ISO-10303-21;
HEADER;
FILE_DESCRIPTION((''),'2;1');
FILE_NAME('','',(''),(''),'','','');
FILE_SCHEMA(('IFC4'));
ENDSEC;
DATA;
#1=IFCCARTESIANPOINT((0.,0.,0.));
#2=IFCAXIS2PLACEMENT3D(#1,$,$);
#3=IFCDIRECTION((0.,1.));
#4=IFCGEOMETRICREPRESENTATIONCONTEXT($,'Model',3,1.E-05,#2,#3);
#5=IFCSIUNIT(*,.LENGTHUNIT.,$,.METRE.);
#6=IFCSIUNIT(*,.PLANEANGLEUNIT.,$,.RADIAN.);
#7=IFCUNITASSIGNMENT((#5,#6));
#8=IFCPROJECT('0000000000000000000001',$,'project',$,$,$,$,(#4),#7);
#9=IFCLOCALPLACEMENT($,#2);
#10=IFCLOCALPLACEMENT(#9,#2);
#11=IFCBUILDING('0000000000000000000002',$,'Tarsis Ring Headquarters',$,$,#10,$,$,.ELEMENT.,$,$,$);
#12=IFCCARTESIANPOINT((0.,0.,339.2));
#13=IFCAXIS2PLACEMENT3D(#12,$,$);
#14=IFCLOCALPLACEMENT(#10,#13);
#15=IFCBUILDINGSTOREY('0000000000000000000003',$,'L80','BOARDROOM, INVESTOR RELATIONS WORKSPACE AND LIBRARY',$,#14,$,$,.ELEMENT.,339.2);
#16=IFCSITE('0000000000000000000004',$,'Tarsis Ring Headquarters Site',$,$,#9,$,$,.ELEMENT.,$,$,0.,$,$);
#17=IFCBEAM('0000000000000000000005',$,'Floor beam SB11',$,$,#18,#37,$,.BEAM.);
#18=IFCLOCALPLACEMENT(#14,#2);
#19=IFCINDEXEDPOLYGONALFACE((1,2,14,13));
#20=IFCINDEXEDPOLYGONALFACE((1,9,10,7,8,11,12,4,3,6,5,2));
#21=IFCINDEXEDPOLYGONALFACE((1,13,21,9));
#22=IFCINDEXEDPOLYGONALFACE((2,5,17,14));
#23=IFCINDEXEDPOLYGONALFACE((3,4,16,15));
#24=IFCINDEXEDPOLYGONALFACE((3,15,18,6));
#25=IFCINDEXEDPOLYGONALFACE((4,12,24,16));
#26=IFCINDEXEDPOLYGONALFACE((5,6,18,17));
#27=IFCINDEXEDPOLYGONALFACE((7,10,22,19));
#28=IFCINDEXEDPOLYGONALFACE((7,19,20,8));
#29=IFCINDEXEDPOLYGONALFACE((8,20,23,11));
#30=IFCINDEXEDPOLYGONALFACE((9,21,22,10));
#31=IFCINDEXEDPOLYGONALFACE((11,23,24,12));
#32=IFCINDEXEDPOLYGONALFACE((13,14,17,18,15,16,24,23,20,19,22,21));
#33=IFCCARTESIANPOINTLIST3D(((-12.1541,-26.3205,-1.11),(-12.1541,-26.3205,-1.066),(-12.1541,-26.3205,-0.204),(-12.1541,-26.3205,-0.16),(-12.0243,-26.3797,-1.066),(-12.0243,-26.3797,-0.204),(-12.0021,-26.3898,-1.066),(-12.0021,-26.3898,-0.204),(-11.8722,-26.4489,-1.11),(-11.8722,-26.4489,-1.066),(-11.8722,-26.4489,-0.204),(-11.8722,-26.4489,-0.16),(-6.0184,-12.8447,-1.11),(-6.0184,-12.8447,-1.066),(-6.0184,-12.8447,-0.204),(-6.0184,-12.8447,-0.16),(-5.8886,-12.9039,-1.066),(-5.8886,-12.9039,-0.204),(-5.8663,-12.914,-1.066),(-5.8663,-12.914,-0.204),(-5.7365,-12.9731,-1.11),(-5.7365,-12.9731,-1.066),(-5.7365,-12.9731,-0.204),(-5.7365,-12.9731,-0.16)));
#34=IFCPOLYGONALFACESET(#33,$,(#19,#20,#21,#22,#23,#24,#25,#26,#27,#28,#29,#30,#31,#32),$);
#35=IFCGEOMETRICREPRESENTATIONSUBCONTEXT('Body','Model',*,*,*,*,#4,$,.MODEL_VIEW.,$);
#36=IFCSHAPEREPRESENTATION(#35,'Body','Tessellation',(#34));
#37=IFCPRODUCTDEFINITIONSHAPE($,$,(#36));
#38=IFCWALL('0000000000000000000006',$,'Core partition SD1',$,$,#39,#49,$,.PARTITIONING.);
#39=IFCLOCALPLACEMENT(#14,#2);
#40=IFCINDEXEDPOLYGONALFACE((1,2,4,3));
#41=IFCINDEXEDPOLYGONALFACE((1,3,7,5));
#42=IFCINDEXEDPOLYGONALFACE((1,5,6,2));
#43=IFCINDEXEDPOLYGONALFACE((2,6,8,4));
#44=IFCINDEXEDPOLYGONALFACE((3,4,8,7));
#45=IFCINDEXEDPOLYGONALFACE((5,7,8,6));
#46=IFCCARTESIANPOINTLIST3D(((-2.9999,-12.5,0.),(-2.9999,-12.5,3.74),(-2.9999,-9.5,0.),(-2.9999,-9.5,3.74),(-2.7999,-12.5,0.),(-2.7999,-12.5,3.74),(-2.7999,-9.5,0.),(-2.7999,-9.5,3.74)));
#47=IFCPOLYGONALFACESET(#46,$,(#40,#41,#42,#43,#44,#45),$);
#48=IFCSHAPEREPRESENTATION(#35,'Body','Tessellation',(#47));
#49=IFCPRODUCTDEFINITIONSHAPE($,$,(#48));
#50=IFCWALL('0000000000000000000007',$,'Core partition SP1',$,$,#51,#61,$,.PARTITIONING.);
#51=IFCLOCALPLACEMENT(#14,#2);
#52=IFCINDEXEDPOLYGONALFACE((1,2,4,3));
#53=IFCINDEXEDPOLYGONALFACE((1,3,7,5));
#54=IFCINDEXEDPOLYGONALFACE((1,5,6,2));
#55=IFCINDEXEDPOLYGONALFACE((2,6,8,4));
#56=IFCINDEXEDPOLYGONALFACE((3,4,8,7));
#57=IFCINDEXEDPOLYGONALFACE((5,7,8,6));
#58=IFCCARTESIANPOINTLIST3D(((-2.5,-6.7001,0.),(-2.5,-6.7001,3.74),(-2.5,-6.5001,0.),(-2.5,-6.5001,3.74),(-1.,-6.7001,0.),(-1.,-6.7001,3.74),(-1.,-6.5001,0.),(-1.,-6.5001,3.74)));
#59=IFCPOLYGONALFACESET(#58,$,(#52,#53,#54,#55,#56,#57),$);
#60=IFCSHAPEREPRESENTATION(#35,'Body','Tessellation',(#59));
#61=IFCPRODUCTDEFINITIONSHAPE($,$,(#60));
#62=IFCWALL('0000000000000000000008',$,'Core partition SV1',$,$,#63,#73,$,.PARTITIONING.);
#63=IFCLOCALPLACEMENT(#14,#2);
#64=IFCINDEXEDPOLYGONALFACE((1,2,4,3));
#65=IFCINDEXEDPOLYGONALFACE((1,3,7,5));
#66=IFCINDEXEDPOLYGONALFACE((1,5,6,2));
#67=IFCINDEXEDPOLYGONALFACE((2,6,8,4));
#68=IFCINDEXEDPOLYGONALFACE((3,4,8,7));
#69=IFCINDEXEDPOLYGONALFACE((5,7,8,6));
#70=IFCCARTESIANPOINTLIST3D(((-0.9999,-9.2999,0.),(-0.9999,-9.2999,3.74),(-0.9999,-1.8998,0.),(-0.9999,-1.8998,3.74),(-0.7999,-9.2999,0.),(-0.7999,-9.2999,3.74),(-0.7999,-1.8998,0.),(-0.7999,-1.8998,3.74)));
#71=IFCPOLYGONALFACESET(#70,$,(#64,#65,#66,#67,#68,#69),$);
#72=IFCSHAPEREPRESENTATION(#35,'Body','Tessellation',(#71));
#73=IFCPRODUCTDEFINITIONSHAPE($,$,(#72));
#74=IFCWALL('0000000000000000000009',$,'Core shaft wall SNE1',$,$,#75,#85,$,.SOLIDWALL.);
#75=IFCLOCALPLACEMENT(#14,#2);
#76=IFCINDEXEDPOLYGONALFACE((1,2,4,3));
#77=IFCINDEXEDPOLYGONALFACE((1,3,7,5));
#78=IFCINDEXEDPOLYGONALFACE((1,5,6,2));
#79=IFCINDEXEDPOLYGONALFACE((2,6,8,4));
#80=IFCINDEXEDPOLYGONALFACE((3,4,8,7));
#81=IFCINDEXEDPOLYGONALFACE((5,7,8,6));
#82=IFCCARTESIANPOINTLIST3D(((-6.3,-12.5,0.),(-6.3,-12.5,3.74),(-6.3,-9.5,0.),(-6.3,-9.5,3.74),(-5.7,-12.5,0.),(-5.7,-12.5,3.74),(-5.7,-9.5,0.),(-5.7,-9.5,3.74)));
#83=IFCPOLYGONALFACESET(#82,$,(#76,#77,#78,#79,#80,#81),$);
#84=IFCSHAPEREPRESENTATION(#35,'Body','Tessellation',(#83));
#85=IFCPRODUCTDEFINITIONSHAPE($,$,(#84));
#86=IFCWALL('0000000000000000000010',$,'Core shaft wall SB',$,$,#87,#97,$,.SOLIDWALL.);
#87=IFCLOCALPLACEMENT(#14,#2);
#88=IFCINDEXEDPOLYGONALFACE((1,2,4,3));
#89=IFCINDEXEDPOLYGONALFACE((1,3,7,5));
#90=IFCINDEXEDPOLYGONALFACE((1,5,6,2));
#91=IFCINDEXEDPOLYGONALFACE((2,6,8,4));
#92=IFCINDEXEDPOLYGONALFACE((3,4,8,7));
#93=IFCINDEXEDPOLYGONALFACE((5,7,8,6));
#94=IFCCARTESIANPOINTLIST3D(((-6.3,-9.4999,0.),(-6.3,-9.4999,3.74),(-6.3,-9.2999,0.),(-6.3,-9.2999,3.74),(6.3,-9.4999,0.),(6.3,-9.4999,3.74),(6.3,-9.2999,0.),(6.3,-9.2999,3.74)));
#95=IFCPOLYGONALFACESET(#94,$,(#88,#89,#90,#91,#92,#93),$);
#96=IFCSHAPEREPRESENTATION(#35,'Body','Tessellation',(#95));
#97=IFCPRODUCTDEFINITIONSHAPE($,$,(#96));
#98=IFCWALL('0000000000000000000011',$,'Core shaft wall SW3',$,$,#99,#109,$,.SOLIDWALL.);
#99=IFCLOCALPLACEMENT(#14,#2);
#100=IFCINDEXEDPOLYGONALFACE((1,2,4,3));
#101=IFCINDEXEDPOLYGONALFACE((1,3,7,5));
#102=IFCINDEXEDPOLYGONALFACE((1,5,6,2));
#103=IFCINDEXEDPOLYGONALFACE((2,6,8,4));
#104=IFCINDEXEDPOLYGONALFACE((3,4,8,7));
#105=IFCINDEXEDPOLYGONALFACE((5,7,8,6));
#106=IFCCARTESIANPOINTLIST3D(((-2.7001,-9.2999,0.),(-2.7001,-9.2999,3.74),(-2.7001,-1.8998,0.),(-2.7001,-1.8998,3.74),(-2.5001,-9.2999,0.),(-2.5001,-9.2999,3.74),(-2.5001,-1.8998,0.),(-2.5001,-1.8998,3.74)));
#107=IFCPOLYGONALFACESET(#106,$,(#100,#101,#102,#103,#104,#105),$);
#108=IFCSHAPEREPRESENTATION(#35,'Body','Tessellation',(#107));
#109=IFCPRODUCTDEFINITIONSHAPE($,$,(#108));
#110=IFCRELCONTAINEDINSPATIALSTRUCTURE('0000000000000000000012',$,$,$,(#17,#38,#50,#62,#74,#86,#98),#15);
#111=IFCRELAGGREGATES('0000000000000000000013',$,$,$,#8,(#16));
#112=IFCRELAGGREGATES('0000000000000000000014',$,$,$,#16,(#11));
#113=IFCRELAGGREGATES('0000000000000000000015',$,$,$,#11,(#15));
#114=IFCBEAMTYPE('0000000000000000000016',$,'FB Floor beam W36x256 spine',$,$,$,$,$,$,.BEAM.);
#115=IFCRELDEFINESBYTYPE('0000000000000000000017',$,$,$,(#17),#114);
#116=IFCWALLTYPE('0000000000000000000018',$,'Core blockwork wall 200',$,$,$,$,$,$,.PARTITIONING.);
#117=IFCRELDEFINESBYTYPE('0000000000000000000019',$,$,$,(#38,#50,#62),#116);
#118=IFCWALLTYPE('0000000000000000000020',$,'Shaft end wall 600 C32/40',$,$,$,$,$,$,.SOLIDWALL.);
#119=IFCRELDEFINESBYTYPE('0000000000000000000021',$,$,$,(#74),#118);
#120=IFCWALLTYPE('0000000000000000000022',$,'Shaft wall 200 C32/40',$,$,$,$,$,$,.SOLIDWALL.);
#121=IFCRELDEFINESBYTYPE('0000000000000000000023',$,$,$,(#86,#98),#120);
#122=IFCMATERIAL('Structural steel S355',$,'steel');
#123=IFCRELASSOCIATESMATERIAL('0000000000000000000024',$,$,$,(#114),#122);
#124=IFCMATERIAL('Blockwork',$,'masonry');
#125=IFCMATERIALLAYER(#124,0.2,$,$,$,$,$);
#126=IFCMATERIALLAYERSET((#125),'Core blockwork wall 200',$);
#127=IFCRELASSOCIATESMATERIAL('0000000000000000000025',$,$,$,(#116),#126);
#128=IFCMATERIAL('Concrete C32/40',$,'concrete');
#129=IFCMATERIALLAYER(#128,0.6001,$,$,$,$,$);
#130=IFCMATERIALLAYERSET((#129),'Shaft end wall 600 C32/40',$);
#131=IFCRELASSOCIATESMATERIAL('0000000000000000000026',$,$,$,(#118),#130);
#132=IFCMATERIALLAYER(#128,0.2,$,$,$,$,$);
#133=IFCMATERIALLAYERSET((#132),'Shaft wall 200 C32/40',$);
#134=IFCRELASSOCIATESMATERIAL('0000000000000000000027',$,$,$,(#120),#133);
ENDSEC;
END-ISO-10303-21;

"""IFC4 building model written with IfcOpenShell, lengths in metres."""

from ifc_helpers import new_model, si_unit, direction, frame, frame_2d, origin, origin_2d, place, context, subcontext, project, spatial, rectangle, i_section, extrude, material, layer, layer_set, material_profile, profile_set, type_object, element, save


model = new_model("IFC4")

# Units and contexts
model_context = context("Model", 3, precision=1e-05, world=origin(), true_north=direction((0.0, 1.0)))
body_context = subcontext(model_context, "Body", "Model", "MODEL_VIEW")
ifc_project = project(units=[si_unit("LENGTHUNIT", "METRE"), si_unit("PLANEANGLEUNIT", "RADIAN")], contexts=[model_context])

# Site, building, storey
site_placement = place(None, origin())
site = spatial("IfcSite", under=ifc_project, at=site_placement, Name="Tarsis Ring Headquarters Site", CompositionType="ELEMENT", RefElevation=0.0)
building_placement = place(site_placement, origin())
building = spatial("IfcBuilding", under=site, at=building_placement, Name="Tarsis Ring Headquarters", CompositionType="ELEMENT")
storey_placement = place(building_placement, frame((0.0, 0.0, 339.2)))
storey = spatial("IfcBuildingStorey", under=building, at=storey_placement, Name="L80", Description="BOARDROOM, INVESTOR RELATIONS WORKSPACE AND LIBRARY", CompositionType="ELEMENT", Elevation=339.2)

# Beam
ifc_material_1 = material(Name="Structural steel S355", Category="steel")
ifc_material_profile = material_profile(ifc_material_1, i_section(OverallWidth=0.3098, OverallDepth=0.95, WebThickness=0.0244, FlangeThickness=0.0439, at=origin_2d()), Name="W36x256")
ifc_profile_set = profile_set([ifc_material_profile], Name="Structural steel S355")
beam_type = type_object("IfcBeamType", Name="FB Floor beam W36x256 spine", PredefinedType="BEAM", material=ifc_profile_set)
beam_placement = place(storey_placement, frame((-5.8774, -12.9089, -0.635), z_axis=(-0.414383, -0.910103, 0.0), x_axis=(0.910103, -0.414383, 0.0)))
element("IfcBeam", 1, at=beam_placement, inside=storey, type_object=beam_type, Name="Floor beam SB11", PredefinedType="BEAM", context=body_context, shape_type="SweptSolid", body=[
    extrude(i_section(OverallWidth=0.3098, OverallDepth=0.95, WebThickness=0.0244, FlangeThickness=0.0439, at=origin_2d()), origin(), (0.0, 0.0, 1.0), 14.8069),
])

# Walls
ifc_material_2 = material(Name="Blockwork", Category="masonry")
ifc_layer_1 = layer(ifc_material_2, 0.2)
ifc_layer_set_1 = layer_set([ifc_layer_1], Name="Core blockwork wall 200")
wall_type_1 = type_object("IfcWallType", Name="Core blockwork wall 200", PredefinedType="PARTITIONING", material=ifc_layer_set_1)
wall_1_placement = place(storey_placement, frame((-2.8999, -12.5, 0.0), z_axis=(0.0, 0.0, 1.0), x_axis=(0.0, 1.0, 0.0)))
element("IfcWall", 2, at=wall_1_placement, inside=storey, type_object=wall_type_1, Name="Core partition SD1", PredefinedType="PARTITIONING", context=body_context, shape_type="SweptSolid", body=[
    extrude(rectangle(XDim=3.0, YDim=0.2, at=frame_2d((1.5, 0.0))), origin(), (0.0, 0.0, 1.0), 3.74),
])
wall_2_placement = place(storey_placement, frame((-2.5, -6.6001, 0.0), z_axis=(0.0, 0.0, 1.0), x_axis=(1.0, 0.0, 0.0)))
element("IfcWall", 3, at=wall_2_placement, inside=storey, type_object=wall_type_1, Name="Core partition SP1", PredefinedType="PARTITIONING", context=body_context, shape_type="SweptSolid", body=[
    extrude(rectangle(XDim=1.5, YDim=0.2, at=frame_2d((0.75, 0.0))), origin(), (0.0, 0.0, 1.0), 3.74),
])
wall_3_placement = place(storey_placement, frame((-0.8999, -9.3, 0.0), z_axis=(0.0, 0.0, 1.0), x_axis=(0.0, 1.0, 0.0)))
element("IfcWall", 4, at=wall_3_placement, inside=storey, type_object=wall_type_1, Name="Core partition SV1", PredefinedType="PARTITIONING", context=body_context, shape_type="SweptSolid", body=[
    extrude(rectangle(XDim=7.4001, YDim=0.2, at=frame_2d((3.7002, 0.0))), origin(), (0.0, 0.0, 1.0), 3.74),
])
ifc_material_3 = material(Name="Concrete C32/40", Category="concrete")
ifc_layer_2 = layer(ifc_material_3, 0.6001)
ifc_layer_set_2 = layer_set([ifc_layer_2], Name="Shaft end wall 600 C32/40")
wall_type_2 = type_object("IfcWallType", Name="Shaft end wall 600 C32/40", PredefinedType="SOLIDWALL", material=ifc_layer_set_2)
wall_4_placement = place(storey_placement, frame((-6.0, -12.5, 0.0), z_axis=(0.0, 0.0, 1.0), x_axis=(0.0, 1.0, 0.0)))
element("IfcWall", 5, at=wall_4_placement, inside=storey, type_object=wall_type_2, Name="Core shaft wall SNE1", PredefinedType="SOLIDWALL", context=body_context, shape_type="SweptSolid", body=[
    extrude(rectangle(XDim=3.0, YDim=0.6001, at=frame_2d((1.5, 0.0))), origin(), (0.0, 0.0, 1.0), 3.74),
])
ifc_layer_3 = layer(ifc_material_3, 0.2)
ifc_layer_set_3 = layer_set([ifc_layer_3], Name="Shaft wall 200 C32/40")
wall_type_3 = type_object("IfcWallType", Name="Shaft wall 200 C32/40", PredefinedType="SOLIDWALL", material=ifc_layer_set_3)
wall_5_placement = place(storey_placement, frame((-6.3, -9.3999, 0.0), z_axis=(0.0, 0.0, 1.0), x_axis=(1.0, 0.0, 0.0)))
element("IfcWall", 6, at=wall_5_placement, inside=storey, type_object=wall_type_3, Name="Core shaft wall SB", PredefinedType="SOLIDWALL", context=body_context, shape_type="SweptSolid", body=[
    extrude(rectangle(XDim=12.6001, YDim=0.2, at=frame_2d((6.3, 0.0))), origin(), (0.0, 0.0, 1.0), 3.74),
])
wall_6_placement = place(storey_placement, frame((-2.6001, -9.3, 0.0), z_axis=(0.0, 0.0, 1.0), x_axis=(0.0, 1.0, 0.0)))
element("IfcWall", 7, at=wall_6_placement, inside=storey, type_object=wall_type_3, Name="Core shaft wall SW3", PredefinedType="SOLIDWALL", context=body_context, shape_type="SweptSolid", body=[
    extrude(rectangle(XDim=7.4001, YDim=0.2, at=frame_2d((3.7002, 0.0))), origin(), (0.0, 0.0, 1.0), 3.74),
])

save(model, "model.ifc")
